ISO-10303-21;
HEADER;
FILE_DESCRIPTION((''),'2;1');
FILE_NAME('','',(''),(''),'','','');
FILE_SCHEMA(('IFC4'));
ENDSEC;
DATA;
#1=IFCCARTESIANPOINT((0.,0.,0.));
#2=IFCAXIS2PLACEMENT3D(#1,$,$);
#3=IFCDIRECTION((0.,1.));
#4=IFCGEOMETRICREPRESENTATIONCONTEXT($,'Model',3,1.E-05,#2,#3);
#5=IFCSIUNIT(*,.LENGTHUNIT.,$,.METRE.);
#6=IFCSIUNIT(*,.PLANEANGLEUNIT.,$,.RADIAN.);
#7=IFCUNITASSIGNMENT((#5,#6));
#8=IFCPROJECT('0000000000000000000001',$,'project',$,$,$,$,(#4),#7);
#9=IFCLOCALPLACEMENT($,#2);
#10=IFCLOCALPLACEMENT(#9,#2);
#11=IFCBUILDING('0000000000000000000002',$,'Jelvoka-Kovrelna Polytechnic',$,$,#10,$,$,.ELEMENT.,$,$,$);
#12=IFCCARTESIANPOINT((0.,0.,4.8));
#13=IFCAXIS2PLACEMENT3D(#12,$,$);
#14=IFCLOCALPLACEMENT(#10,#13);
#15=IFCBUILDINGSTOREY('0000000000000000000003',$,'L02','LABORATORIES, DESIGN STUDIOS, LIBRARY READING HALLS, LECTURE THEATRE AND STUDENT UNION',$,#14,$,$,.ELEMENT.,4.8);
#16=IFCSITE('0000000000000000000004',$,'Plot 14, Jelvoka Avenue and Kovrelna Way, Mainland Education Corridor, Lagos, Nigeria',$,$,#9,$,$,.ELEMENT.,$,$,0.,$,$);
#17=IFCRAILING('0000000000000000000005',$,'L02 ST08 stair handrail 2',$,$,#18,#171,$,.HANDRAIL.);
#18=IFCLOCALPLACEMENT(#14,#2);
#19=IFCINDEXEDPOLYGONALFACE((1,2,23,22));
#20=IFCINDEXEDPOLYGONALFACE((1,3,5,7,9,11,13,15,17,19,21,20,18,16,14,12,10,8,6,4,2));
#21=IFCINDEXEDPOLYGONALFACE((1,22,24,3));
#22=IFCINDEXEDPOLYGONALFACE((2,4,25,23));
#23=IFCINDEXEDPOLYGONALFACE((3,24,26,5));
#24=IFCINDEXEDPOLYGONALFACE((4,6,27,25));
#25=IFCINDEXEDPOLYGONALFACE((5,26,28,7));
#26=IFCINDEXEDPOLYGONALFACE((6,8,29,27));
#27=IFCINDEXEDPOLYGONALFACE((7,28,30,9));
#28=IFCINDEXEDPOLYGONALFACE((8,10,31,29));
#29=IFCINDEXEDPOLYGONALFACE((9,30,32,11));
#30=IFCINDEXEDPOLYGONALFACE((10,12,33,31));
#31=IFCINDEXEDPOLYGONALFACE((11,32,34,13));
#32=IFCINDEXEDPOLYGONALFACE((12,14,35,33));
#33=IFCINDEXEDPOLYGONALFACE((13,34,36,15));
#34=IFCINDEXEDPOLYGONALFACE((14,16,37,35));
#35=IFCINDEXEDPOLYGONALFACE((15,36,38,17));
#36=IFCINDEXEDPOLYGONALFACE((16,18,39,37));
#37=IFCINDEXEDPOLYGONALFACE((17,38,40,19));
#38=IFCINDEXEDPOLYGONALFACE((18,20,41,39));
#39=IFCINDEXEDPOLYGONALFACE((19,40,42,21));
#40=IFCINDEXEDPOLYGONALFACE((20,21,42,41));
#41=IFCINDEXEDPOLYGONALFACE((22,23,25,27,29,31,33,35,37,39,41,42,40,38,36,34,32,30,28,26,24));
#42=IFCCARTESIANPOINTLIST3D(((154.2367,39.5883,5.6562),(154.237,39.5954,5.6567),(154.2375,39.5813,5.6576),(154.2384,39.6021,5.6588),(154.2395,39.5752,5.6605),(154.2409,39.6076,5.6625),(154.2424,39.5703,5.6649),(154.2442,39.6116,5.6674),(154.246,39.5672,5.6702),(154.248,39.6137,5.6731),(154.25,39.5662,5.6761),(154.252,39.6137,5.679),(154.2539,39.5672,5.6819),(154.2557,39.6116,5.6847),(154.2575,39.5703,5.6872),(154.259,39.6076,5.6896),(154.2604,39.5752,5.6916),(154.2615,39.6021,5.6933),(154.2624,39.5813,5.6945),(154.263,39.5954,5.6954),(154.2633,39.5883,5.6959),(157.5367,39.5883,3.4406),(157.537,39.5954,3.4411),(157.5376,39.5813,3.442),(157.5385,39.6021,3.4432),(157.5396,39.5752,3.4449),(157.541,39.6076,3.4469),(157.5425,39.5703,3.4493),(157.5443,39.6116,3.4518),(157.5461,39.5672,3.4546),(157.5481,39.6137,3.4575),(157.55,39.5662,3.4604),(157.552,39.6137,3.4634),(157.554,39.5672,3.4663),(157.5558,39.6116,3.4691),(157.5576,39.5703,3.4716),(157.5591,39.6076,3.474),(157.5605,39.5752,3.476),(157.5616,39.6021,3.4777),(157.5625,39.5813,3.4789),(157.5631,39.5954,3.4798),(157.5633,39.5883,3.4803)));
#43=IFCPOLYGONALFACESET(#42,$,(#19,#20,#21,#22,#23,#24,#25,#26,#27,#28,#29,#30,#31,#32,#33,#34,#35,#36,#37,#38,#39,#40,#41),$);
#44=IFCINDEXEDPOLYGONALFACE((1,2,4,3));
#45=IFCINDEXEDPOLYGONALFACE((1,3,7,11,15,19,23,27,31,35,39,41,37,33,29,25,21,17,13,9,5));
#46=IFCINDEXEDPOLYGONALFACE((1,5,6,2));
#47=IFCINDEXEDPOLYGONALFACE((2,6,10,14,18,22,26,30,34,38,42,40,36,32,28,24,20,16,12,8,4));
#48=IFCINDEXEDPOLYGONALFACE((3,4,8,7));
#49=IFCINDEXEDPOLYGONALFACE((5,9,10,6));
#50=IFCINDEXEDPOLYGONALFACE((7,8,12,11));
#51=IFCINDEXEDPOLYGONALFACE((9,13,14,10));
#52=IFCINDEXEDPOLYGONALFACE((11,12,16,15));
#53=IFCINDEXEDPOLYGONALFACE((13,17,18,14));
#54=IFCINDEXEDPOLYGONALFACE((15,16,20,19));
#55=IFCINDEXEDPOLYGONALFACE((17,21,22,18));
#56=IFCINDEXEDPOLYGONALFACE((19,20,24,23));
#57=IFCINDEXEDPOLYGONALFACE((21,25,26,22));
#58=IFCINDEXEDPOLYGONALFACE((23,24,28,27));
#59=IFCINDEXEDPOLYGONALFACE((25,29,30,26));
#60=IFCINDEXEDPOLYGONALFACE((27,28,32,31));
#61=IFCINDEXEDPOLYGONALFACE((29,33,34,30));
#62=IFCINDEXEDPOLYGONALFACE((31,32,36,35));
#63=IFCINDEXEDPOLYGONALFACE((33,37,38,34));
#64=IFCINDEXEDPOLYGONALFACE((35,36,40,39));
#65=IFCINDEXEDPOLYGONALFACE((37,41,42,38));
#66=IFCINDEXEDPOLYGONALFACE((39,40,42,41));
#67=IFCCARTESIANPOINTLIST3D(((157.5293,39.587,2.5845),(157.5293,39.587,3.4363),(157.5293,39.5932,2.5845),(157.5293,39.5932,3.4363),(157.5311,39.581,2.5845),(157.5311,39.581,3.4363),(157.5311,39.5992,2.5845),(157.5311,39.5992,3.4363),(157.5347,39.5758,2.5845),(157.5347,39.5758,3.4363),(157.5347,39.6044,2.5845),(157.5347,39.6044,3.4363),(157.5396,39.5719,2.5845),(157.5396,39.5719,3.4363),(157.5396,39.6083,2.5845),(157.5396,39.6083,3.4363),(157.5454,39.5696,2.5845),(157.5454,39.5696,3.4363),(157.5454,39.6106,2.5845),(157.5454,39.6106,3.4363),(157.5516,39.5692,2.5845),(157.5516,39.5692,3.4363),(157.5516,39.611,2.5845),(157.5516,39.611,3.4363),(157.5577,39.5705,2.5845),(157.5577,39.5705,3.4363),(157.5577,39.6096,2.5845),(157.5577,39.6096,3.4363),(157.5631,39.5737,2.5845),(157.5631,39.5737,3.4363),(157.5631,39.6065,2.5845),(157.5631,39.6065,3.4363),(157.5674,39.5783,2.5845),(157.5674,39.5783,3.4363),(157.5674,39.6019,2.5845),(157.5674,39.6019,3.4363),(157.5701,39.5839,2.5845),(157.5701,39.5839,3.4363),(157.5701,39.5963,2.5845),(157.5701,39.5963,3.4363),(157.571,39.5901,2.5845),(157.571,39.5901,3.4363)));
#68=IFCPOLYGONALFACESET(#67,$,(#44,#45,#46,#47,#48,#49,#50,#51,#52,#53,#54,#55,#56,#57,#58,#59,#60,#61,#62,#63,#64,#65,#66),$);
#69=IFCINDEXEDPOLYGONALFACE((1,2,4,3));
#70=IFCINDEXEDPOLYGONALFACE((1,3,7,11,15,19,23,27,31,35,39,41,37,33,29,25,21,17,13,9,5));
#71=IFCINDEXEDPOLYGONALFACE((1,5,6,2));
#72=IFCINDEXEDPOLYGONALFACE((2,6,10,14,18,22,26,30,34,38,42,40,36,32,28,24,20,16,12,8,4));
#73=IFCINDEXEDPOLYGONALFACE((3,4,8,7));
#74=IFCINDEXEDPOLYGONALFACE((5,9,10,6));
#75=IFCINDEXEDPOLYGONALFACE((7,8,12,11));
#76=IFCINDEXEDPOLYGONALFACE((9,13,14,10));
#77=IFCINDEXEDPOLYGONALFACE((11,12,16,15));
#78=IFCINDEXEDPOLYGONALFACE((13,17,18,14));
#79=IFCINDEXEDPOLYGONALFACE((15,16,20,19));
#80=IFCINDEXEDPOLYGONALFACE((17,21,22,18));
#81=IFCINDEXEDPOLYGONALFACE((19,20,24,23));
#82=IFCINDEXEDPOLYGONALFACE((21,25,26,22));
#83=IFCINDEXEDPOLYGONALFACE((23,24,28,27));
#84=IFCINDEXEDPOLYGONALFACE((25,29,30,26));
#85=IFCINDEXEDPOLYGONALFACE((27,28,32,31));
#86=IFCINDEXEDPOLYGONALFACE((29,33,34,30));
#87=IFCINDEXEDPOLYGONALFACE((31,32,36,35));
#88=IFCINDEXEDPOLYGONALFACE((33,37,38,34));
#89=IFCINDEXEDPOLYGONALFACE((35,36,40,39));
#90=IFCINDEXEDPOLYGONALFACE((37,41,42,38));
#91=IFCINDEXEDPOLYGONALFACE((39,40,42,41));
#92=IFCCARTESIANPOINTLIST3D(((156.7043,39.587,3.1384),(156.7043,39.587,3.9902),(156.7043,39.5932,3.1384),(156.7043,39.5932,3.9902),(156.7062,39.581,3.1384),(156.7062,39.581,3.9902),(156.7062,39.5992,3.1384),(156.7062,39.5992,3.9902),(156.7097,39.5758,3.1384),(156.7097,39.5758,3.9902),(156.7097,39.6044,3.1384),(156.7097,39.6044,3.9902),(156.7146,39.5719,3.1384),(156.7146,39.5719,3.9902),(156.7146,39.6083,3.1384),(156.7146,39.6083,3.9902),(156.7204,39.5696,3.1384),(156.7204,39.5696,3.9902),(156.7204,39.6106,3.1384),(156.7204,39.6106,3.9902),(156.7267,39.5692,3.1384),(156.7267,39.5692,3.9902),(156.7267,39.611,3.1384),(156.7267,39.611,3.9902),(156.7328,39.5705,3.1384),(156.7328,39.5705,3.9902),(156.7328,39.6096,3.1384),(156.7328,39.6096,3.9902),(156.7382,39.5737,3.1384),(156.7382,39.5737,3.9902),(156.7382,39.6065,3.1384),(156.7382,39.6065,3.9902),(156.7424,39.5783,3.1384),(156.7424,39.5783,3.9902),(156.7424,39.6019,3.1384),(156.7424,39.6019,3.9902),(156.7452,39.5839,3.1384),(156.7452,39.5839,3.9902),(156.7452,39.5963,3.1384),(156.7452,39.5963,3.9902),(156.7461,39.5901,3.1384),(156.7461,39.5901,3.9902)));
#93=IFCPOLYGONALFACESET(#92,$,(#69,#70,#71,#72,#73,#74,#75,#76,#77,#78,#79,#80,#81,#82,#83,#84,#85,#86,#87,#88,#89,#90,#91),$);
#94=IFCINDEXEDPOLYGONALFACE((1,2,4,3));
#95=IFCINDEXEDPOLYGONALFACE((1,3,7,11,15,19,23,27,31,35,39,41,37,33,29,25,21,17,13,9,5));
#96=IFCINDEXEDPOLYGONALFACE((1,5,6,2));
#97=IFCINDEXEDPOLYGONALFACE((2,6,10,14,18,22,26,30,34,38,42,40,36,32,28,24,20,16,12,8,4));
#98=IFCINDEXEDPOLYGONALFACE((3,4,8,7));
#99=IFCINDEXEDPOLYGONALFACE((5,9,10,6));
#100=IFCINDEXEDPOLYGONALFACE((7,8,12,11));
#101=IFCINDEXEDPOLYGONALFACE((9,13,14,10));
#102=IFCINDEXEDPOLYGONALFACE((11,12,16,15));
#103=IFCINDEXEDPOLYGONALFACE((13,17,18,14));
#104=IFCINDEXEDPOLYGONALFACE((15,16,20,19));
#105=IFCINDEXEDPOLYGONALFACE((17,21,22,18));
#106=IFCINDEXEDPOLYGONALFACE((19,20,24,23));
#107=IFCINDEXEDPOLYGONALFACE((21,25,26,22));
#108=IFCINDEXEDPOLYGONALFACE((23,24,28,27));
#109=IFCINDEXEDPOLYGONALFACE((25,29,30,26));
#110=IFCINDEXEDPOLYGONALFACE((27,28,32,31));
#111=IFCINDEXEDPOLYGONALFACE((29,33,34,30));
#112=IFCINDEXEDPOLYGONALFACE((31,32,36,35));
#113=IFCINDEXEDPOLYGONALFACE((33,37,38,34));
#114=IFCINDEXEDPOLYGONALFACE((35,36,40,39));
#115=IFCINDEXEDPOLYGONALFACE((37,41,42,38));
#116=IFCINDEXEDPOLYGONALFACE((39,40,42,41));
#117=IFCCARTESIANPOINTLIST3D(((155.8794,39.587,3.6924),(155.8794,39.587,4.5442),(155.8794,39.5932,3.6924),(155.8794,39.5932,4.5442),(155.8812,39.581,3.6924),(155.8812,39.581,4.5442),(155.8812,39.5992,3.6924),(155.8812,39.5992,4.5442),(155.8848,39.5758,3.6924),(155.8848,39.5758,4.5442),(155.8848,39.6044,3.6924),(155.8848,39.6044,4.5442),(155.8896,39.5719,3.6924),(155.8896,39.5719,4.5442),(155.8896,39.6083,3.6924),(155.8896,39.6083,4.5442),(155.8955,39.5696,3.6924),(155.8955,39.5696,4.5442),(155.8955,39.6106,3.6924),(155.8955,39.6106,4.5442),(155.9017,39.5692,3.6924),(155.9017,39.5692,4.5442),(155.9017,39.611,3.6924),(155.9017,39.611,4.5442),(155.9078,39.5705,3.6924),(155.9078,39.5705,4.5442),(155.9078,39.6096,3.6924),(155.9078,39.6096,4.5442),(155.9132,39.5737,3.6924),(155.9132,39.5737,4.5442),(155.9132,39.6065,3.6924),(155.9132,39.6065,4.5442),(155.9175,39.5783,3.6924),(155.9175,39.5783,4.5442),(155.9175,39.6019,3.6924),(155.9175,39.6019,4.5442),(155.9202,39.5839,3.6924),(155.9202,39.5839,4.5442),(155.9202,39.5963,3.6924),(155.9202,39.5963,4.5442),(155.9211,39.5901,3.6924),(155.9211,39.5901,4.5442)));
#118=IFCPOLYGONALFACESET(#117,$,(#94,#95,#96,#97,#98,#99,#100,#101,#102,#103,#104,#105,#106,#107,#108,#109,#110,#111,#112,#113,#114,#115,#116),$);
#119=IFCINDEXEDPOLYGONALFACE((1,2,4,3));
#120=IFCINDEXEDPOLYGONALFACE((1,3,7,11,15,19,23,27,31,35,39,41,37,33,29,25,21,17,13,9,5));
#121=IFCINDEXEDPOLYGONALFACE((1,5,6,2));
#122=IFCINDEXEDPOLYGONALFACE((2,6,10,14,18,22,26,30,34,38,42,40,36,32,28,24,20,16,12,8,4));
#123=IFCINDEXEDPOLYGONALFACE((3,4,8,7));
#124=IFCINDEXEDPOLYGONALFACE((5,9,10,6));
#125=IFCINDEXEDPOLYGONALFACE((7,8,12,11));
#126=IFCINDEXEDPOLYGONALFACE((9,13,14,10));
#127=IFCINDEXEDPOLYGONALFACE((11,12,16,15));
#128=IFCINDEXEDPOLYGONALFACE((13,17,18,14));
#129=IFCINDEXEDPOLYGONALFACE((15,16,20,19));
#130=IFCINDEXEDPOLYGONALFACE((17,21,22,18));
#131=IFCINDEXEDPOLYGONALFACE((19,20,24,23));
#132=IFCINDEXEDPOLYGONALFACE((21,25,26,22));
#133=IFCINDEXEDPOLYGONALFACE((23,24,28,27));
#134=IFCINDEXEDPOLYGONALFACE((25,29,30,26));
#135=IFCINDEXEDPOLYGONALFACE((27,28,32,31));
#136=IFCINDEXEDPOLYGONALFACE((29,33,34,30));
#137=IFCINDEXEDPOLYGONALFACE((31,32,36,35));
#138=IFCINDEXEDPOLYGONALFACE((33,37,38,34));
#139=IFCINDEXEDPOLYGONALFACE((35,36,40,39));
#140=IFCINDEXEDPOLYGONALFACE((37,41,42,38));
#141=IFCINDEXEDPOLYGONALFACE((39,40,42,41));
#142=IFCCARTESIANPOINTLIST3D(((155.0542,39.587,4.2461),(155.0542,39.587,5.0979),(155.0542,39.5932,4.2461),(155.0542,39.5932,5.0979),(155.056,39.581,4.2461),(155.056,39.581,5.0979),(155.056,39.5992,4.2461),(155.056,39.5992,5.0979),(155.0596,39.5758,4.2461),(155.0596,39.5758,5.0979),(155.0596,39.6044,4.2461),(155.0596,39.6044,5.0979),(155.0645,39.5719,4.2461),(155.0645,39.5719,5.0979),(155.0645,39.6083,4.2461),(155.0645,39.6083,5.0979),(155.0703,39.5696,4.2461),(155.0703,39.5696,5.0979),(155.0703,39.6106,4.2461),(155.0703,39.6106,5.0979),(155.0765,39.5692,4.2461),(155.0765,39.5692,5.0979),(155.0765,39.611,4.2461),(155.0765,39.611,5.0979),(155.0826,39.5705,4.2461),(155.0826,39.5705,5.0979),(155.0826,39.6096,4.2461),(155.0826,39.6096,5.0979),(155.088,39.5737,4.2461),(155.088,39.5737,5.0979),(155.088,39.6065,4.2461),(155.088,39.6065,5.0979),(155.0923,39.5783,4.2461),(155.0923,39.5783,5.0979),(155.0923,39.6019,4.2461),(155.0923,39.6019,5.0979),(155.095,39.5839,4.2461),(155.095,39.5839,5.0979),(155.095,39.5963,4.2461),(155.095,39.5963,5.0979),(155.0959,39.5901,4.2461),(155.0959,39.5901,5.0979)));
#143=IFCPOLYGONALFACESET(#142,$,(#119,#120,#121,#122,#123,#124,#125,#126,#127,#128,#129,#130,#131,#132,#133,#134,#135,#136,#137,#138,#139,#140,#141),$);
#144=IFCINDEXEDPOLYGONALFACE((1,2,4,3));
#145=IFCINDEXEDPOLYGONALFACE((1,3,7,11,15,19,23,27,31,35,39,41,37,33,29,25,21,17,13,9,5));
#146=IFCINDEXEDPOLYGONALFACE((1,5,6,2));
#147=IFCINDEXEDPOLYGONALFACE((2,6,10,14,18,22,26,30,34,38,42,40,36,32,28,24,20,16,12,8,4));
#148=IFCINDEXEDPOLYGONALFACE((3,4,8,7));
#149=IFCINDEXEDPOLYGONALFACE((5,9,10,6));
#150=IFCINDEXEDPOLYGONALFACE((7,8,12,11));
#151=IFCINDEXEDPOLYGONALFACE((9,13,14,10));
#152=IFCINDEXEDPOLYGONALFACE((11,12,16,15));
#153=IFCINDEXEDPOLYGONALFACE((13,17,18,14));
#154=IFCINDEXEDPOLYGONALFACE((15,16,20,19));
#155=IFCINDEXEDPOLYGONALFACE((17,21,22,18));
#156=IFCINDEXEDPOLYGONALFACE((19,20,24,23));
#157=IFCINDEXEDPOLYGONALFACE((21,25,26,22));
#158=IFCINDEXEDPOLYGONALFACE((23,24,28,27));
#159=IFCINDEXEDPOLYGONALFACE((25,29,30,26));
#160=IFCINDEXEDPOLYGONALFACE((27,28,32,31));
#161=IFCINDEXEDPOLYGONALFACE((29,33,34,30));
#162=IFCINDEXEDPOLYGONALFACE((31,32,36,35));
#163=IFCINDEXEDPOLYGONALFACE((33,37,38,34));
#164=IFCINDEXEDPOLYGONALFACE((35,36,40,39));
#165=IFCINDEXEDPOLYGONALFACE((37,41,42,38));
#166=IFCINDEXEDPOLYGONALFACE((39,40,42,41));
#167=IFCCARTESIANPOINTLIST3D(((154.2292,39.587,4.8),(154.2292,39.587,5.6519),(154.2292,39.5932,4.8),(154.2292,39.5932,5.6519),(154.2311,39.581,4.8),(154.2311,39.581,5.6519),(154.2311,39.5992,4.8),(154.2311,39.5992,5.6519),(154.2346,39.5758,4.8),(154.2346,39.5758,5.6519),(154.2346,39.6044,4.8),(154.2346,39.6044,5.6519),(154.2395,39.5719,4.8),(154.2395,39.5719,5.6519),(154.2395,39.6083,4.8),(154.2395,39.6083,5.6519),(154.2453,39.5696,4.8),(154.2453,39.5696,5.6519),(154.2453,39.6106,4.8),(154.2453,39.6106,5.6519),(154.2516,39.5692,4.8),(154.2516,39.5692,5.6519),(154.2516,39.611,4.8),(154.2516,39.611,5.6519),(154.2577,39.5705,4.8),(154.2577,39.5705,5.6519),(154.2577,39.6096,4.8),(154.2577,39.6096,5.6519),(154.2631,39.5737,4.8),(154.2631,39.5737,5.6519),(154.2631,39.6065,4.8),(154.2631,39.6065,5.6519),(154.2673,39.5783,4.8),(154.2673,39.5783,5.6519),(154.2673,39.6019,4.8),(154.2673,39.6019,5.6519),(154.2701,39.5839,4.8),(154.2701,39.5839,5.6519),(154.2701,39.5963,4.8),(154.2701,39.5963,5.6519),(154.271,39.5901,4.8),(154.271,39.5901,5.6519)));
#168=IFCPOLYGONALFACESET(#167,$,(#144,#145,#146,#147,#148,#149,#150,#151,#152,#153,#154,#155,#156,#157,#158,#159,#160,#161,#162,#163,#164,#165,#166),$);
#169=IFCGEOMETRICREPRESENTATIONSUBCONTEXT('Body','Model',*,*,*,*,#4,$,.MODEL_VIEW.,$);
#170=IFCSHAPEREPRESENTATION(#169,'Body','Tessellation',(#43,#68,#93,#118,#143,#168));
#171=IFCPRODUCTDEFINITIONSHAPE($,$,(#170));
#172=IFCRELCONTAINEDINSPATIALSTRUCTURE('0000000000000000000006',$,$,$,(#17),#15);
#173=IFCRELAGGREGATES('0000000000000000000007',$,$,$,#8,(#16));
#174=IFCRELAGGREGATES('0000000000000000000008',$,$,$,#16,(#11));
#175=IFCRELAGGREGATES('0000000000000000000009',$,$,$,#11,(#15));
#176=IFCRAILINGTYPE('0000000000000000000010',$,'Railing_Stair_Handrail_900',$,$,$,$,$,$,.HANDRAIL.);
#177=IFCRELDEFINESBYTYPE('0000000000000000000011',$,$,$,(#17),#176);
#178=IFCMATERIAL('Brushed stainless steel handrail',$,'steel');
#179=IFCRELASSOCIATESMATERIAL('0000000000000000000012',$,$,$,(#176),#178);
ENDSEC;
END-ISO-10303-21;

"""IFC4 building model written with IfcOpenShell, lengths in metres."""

from ifc_helpers import new_model, si_unit, direction, frame, origin, origin_2d, place, context, subcontext, project, spatial, circle, extrude, material, type_object, element, save


model = new_model("IFC4")

# Units and contexts
model_context = context("Model", 3, precision=1e-05, world=origin(), true_north=direction((0.0, 1.0)))
body_context = subcontext(model_context, "Body", "Model", "MODEL_VIEW")
ifc_project = project(units=[si_unit("LENGTHUNIT", "METRE"), si_unit("PLANEANGLEUNIT", "RADIAN")], contexts=[model_context])

# Site, building, storey
site_placement = place(None, origin())
site = spatial("IfcSite", under=ifc_project, at=site_placement, Name="Plot 14, Jelvoka Avenue and Kovrelna Way, Mainland Education Corridor, Lagos, Nigeria", CompositionType="ELEMENT", RefElevation=0.0)
building_placement = place(site_placement, origin())
building = spatial("IfcBuilding", under=site, at=building_placement, Name="Jelvoka-Kovrelna Polytechnic", CompositionType="ELEMENT")
storey_placement = place(building_placement, frame((0.0, 0.0, 4.8)))
storey = spatial("IfcBuildingStorey", under=building, at=storey_placement, Name="L02", Description="LABORATORIES, DESIGN STUDIOS, LIBRARY READING HALLS, LECTURE THEATRE AND STUDENT UNION", CompositionType="ELEMENT", Elevation=4.8)

# Railing
ifc_material_1 = material(Name="Brushed stainless steel handrail", Category="steel")
railing_type_1 = type_object("IfcRailingType", Name="Railing_Stair_Handrail_900", PredefinedType="HANDRAIL", material=ifc_material_1)
railing_1_placement = place(storey_placement, frame((157.55, 39.5901, 2.5845)))
element("IfcRailing", 1, at=railing_1_placement, inside=storey, type_object=railing_type_1, Name="L02 ST08 stair handrail 2", PredefinedType="HANDRAIL", context=body_context, shape_type="SweptSolid", body=[
    extrude(circle(Radius=0.0239, at=origin_2d()), frame((0.0, 0.0, 0.876), z_axis=(-0.830241, 0.0, 0.557405), x_axis=(0.0, -1.0, 0.0)), (0.0, 0.0, 1.0), 3.9749),
    extrude(circle(Radius=0.021, at=origin_2d()), origin(), (0.0, 0.0, 1.0), 0.8518),
    extrude(circle(Radius=0.021, at=origin_2d()), frame((-0.825, 0.0, 0.554)), (0.0, 0.0, 1.0), 0.8518),
    extrude(circle(Radius=0.021, at=origin_2d()), frame((-1.6499, 0.0, 1.1079)), (0.0, 0.0, 1.0), 0.8518),
    extrude(circle(Radius=0.021, at=origin_2d()), frame((-2.4751, 0.0, 1.6616)), (0.0, 0.0, 1.0), 0.8518),
    extrude(circle(Radius=0.021, at=origin_2d()), frame((-3.3, 0.0, 2.2156)), (0.0, 0.0, 1.0), 0.8518),
])

save(model, "model.ifc")
